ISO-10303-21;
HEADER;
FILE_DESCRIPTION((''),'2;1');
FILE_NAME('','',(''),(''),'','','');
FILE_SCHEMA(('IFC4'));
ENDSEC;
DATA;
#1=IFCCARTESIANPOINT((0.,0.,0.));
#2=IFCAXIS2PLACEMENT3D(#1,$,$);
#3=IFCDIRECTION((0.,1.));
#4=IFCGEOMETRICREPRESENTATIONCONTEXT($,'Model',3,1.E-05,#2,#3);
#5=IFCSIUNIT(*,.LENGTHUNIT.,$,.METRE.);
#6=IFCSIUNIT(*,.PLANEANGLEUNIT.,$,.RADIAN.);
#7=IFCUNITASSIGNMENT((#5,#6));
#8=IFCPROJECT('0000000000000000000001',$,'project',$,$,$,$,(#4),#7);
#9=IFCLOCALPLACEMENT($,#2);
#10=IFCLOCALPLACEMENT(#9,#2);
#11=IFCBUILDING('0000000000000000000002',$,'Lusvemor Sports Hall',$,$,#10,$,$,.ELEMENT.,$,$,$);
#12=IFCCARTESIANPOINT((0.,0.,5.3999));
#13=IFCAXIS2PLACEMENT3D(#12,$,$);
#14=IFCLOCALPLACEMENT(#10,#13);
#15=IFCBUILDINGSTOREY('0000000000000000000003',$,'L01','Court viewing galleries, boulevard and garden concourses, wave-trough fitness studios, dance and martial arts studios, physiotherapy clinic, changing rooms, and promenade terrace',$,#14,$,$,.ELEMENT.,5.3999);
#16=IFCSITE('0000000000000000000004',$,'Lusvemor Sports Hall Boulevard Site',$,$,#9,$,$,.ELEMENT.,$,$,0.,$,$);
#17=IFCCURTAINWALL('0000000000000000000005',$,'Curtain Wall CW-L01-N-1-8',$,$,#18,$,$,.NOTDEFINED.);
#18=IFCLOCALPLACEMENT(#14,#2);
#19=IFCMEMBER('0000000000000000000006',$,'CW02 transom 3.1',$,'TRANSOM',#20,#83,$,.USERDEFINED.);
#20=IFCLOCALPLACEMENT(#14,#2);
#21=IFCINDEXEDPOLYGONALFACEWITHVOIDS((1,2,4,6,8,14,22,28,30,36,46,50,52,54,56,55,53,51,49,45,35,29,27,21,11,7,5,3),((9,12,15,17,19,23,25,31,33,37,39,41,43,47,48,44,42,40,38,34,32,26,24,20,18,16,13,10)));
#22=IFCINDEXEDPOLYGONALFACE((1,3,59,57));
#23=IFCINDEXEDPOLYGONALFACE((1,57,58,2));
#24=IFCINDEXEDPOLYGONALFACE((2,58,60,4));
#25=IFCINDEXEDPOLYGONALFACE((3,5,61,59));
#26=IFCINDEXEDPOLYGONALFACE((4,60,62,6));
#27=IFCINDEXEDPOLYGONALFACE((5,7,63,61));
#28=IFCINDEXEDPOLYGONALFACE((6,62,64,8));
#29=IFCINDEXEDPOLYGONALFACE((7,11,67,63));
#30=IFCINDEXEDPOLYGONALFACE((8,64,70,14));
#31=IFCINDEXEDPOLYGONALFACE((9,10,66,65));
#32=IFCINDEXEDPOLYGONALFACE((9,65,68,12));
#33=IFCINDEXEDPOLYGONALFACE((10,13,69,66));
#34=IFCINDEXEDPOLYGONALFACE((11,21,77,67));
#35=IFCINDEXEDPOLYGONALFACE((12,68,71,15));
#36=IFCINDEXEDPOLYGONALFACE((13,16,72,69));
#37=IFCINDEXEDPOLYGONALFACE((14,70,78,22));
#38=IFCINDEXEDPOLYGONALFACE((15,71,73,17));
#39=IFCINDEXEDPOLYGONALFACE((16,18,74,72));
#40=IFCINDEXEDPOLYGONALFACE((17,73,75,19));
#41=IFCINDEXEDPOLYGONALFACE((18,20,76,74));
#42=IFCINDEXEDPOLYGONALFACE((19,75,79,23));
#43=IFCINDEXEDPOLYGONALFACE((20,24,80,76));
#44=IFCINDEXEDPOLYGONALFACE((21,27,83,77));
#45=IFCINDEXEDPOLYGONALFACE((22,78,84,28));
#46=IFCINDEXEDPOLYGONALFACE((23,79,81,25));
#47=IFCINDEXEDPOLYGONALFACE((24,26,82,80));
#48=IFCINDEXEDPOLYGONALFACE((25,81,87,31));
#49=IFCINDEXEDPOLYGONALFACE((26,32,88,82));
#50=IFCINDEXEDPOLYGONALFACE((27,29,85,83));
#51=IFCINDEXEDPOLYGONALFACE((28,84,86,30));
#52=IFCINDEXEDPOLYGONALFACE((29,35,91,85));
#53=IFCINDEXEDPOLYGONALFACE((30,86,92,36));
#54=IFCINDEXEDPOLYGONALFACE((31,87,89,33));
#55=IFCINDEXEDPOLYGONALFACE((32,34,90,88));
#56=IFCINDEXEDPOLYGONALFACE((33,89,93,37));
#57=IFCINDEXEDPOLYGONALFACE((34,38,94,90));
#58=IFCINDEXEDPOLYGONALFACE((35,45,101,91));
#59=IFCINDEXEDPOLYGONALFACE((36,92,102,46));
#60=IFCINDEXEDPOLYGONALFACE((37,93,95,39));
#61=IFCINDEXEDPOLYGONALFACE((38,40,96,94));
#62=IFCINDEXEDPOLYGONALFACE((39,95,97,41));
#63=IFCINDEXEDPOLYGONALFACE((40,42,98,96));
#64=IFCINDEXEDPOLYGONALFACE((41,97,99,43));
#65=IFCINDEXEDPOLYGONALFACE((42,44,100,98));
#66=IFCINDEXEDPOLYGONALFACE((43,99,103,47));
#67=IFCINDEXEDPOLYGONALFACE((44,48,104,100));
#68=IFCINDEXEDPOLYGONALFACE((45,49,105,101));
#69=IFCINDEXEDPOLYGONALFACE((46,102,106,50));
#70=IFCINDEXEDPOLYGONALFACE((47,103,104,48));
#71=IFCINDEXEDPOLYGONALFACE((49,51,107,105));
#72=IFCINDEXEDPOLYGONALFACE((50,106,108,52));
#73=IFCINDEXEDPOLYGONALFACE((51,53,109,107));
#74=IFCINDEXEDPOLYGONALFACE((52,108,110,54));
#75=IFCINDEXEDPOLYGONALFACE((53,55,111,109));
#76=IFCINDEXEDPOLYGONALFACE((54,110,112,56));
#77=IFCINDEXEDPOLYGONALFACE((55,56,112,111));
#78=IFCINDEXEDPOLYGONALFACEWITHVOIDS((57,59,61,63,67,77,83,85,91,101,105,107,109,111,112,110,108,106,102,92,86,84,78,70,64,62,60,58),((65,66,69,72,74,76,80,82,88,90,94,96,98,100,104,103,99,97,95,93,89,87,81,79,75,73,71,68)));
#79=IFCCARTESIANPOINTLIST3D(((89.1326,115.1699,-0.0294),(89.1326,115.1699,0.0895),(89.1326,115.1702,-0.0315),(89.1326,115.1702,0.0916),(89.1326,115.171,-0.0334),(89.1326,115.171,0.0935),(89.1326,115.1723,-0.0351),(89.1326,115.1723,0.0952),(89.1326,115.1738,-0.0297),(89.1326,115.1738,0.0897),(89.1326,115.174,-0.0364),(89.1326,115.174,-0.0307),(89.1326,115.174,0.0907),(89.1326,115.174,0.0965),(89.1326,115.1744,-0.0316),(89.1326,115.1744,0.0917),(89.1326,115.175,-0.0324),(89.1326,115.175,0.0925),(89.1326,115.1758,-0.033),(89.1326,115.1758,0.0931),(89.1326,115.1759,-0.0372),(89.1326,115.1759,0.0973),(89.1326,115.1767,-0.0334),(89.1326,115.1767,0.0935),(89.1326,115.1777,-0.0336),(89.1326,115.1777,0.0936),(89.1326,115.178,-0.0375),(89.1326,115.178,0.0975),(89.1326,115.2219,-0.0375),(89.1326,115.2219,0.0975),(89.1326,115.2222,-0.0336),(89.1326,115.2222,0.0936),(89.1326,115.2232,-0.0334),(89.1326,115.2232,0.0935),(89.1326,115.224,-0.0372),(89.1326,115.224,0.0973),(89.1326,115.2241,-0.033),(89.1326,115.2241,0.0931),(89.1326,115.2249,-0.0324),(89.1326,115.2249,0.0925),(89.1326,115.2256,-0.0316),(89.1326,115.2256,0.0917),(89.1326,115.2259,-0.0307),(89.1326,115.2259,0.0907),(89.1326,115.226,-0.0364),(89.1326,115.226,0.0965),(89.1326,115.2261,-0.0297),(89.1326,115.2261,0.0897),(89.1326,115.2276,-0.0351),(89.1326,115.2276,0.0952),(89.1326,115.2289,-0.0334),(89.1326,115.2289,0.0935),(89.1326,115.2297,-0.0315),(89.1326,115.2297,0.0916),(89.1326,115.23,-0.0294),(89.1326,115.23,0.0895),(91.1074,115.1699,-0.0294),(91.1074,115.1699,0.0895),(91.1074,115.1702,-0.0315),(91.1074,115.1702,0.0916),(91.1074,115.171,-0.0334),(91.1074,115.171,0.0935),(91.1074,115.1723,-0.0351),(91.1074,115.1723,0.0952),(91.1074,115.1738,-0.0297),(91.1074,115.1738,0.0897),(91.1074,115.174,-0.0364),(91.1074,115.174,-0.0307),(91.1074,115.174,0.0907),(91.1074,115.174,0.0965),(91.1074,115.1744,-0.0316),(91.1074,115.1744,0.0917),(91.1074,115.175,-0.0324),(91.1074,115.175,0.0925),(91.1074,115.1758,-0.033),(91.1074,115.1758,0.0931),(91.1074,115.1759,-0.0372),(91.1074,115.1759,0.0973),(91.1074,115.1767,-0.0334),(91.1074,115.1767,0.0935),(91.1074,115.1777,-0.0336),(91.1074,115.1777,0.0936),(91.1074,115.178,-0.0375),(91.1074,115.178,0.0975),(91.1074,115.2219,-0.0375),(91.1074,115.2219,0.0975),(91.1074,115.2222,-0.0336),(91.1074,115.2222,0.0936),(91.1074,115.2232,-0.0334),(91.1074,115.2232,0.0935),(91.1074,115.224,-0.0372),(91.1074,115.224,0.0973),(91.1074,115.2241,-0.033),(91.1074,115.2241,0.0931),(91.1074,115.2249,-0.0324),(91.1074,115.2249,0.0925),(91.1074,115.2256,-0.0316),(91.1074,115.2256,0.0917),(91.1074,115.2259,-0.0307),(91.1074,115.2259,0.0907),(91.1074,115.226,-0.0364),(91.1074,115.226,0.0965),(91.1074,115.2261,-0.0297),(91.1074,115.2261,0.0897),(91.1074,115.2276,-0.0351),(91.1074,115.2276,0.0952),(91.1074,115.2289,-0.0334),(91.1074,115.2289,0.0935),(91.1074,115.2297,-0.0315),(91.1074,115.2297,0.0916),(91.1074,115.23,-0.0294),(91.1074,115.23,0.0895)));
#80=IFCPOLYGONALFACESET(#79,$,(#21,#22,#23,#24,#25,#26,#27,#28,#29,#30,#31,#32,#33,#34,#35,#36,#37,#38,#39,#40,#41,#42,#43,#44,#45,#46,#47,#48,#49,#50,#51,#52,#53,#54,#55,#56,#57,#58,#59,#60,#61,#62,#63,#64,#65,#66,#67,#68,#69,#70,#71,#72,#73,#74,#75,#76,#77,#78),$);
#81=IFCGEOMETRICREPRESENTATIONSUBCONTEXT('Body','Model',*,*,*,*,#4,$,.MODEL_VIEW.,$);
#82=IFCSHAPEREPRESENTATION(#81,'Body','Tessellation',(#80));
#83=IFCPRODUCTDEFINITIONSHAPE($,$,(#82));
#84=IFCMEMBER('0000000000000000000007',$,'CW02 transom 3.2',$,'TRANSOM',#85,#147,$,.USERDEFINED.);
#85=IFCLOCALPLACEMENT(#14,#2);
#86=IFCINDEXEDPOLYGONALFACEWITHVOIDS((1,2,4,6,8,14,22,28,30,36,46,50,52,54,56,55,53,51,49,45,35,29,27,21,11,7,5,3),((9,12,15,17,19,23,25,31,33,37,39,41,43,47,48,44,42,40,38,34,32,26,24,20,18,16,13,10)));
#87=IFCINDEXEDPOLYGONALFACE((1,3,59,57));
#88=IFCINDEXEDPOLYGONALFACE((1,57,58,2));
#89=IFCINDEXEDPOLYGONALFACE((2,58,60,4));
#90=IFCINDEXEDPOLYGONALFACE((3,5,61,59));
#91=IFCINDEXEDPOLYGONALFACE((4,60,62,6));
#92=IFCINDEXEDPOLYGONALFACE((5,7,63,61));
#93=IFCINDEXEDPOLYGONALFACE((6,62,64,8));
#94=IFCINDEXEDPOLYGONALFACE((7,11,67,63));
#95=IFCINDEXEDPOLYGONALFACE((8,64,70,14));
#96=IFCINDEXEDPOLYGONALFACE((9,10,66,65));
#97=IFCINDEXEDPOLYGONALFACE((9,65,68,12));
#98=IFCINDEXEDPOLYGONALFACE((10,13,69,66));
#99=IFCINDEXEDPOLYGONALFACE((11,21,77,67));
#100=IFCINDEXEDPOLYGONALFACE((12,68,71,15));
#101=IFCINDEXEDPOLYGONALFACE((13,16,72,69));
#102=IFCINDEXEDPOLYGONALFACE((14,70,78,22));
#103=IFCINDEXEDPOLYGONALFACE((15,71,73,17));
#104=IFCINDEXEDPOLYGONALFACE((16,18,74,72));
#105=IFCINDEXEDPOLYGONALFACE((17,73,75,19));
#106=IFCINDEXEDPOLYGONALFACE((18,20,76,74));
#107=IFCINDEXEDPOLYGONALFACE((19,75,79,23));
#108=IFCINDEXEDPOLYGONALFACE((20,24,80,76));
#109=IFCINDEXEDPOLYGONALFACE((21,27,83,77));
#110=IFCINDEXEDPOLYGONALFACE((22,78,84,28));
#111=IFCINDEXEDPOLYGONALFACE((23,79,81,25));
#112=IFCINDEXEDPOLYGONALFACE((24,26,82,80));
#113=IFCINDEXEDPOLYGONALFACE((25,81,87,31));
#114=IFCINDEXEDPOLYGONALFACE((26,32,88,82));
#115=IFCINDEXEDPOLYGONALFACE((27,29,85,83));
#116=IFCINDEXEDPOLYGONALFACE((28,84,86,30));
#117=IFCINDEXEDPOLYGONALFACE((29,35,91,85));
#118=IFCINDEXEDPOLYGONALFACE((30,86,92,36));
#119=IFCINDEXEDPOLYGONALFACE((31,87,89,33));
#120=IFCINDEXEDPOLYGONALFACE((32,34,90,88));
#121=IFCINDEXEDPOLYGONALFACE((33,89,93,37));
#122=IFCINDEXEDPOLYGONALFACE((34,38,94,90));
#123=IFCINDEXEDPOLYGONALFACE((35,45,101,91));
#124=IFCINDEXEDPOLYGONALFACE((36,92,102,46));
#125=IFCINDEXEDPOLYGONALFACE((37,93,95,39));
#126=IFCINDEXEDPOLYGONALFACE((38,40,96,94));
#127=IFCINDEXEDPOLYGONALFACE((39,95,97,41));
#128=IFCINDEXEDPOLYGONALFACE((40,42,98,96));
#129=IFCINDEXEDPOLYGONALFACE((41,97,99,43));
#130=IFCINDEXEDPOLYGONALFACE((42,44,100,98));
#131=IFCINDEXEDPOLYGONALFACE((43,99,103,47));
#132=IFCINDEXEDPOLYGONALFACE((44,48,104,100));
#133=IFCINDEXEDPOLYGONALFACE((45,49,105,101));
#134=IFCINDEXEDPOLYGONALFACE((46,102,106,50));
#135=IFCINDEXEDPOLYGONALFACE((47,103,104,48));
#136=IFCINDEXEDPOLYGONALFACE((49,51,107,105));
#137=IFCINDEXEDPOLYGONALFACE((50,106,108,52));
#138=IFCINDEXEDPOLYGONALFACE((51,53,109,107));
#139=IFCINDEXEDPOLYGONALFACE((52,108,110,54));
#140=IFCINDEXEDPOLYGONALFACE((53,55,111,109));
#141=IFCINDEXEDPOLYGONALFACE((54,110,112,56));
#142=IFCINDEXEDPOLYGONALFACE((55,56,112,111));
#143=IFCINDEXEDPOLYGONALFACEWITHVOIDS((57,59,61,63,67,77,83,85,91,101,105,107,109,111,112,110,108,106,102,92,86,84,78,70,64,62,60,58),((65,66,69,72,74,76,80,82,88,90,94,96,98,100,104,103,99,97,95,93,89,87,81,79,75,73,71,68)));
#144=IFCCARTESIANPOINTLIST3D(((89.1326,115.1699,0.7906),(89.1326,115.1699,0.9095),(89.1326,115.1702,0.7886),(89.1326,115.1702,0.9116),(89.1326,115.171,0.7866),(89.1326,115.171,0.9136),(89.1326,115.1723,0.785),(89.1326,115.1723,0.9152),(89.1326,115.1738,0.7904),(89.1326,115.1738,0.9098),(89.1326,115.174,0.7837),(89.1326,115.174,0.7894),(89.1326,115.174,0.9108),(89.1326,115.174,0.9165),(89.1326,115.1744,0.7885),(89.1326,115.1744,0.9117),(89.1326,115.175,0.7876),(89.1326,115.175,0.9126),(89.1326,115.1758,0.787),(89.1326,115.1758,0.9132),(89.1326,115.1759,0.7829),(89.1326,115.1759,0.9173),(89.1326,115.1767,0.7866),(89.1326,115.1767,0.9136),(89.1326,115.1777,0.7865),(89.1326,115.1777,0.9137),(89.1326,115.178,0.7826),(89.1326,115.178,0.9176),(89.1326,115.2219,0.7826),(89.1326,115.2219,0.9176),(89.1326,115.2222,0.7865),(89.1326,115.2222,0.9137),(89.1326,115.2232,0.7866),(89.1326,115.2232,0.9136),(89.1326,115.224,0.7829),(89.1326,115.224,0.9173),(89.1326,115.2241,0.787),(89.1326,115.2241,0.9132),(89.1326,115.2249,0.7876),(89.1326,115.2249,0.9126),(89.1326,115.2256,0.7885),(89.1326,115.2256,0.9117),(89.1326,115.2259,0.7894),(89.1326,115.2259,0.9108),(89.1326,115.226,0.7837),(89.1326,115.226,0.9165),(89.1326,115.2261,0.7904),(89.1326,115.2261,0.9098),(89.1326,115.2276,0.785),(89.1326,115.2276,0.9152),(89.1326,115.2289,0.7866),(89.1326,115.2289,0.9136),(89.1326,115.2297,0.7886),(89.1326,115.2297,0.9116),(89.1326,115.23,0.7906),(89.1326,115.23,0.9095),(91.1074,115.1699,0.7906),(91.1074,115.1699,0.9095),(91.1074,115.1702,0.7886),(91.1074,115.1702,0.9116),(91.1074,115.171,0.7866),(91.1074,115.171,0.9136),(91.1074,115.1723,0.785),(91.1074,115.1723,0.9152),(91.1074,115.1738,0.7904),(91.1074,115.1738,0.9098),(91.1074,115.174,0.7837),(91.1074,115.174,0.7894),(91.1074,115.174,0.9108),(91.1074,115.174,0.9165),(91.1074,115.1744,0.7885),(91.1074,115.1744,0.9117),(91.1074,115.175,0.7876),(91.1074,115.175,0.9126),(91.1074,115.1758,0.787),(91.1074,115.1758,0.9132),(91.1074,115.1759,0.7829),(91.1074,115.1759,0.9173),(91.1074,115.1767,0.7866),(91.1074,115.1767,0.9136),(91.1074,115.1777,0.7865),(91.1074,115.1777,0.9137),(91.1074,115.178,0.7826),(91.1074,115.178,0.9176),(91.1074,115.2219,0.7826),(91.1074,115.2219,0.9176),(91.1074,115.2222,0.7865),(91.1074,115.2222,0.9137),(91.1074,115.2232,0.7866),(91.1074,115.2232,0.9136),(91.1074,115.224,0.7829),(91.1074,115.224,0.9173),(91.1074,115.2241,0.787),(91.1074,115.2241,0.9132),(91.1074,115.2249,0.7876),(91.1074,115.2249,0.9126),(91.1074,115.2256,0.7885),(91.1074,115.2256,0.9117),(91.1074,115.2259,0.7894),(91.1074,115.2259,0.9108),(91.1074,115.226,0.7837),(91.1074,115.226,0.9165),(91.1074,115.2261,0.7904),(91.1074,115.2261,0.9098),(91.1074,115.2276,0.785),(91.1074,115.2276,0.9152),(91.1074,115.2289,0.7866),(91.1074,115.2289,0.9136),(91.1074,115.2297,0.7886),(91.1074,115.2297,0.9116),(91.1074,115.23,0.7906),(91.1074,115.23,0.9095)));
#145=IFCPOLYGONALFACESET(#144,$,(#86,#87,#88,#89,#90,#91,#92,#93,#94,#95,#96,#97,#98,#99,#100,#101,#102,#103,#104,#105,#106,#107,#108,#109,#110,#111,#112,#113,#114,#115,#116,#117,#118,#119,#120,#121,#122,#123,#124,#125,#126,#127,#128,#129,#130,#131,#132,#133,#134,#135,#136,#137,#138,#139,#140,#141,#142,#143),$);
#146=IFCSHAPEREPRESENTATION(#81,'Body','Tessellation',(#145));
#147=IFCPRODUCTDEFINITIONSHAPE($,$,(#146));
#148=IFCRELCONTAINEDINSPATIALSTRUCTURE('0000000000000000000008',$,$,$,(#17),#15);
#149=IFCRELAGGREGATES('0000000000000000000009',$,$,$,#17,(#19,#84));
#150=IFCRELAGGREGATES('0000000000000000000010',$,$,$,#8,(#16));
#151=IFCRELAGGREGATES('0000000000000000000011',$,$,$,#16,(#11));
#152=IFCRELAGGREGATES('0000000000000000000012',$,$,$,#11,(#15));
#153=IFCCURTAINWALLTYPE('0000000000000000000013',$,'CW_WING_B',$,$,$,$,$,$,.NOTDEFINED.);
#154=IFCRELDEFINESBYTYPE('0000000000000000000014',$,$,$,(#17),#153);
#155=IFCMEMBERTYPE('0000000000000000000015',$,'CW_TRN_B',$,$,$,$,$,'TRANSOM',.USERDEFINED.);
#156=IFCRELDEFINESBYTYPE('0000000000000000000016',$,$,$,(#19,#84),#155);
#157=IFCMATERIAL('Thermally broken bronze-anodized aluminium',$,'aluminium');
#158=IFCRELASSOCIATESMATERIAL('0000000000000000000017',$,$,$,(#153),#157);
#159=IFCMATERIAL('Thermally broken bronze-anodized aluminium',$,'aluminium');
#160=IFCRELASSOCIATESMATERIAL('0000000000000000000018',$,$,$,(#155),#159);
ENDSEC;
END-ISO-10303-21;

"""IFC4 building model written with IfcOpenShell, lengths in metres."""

from ifc_helpers import new_model, si_unit, direction, frame, origin, origin_2d, place, context, subcontext, project, spatial, hollow_rectangle, extrude, material, material_profile, profile_set, type_object, element, aggregate, save


model = new_model("IFC4")

# Units and contexts
model_context = context("Model", 3, precision=1e-05, world=origin(), true_north=direction((0.0, 1.0)))
body_context = subcontext(model_context, "Body", "Model", "MODEL_VIEW")
ifc_project = project(units=[si_unit("LENGTHUNIT", "METRE"), si_unit("PLANEANGLEUNIT", "RADIAN")], contexts=[model_context])

# Site, building, storey
site_placement = place(None, origin())
site = spatial("IfcSite", under=ifc_project, at=site_placement, Name="Lusvemor Sports Hall Boulevard Site", CompositionType="ELEMENT", RefElevation=0.0)
building_placement = place(site_placement, origin())
building = spatial("IfcBuilding", under=site, at=building_placement, Name="Lusvemor Sports Hall", CompositionType="ELEMENT")
storey_placement = place(building_placement, frame((0.0, 0.0, 5.3999)))
storey = spatial("IfcBuildingStorey", under=building, at=storey_placement, Name="L01", Description="Court viewing galleries, boulevard and garden concourses, wave-trough fitness studios, dance and martial arts studios, physiotherapy clinic, changing rooms, and promenade terrace", CompositionType="ELEMENT", Elevation=5.3999)

# Curtain wall
ifc_material_1 = material(Name="Thermally broken bronze-anodized aluminium", Category="aluminium")
curtain_wall_type = type_object("IfcCurtainWallType", Name="CW_WING_B", PredefinedType="NOTDEFINED", material=ifc_material_1)
curtain_wall_1_placement = place(storey_placement, origin())
curtain_wall_1 = element("IfcCurtainWall", 1, at=curtain_wall_1_placement, inside=storey, type_object=curtain_wall_type, Name="Curtain Wall CW-L01-N-1-8", PredefinedType="NOTDEFINED")

# Members
ifc_material_2 = material(Name="Thermally broken bronze-anodized aluminium", Category="aluminium")
ifc_material_profile_1 = material_profile(ifc_material_2, hollow_rectangle(XDim=0.0601, YDim=0.135, WallThickness=0.0039, InnerFilletRadius=0.0039, OuterFilletRadius=0.0081, at=origin_2d()), Name="CWTRN135x60x4")
ifc_profile_set_1 = profile_set([ifc_material_profile_1], Name="Thermally broken bronze-anodized aluminium")
member_type_1 = type_object("IfcMemberType", Name="CW_TRN_B", ElementType="TRANSOM", PredefinedType="USERDEFINED", material=ifc_profile_set_1)
member_1_placement = place(storey_placement, frame((89.1326, 115.2, 0.03), z_axis=(1.0, 0.0, 0.0), x_axis=(0.0, 1.0, 0.0)))
member_1 = element("IfcMember", 2, at=member_1_placement, type_object=member_type_1, Name="CW02 transom 3.1", ObjectType="TRANSOM", PredefinedType="USERDEFINED", context=body_context, shape_type="SweptSolid", body=[
    extrude(hollow_rectangle(XDim=0.0601, YDim=0.135, WallThickness=0.0039, InnerFilletRadius=0.0039, OuterFilletRadius=0.0081, at=origin_2d()), origin(), (0.0, 0.0, 1.0), 1.9749),
])
member_2_placement = place(storey_placement, frame((89.1326, 115.2, 0.8501), z_axis=(1.0, 0.0, 0.0), x_axis=(0.0, 1.0, 0.0)))
member_2 = element("IfcMember", 3, at=member_2_placement, type_object=member_type_1, Name="CW02 transom 3.2", ObjectType="TRANSOM", PredefinedType="USERDEFINED", context=body_context, shape_type="SweptSolid", body=[
    extrude(hollow_rectangle(XDim=0.0601, YDim=0.135, WallThickness=0.0039, InnerFilletRadius=0.0039, OuterFilletRadius=0.0081, at=origin_2d()), origin(), (0.0, 0.0, 1.0), 1.9749),
])

aggregate(curtain_wall_1, [member_1, member_2])

save(model, "model.ifc")
